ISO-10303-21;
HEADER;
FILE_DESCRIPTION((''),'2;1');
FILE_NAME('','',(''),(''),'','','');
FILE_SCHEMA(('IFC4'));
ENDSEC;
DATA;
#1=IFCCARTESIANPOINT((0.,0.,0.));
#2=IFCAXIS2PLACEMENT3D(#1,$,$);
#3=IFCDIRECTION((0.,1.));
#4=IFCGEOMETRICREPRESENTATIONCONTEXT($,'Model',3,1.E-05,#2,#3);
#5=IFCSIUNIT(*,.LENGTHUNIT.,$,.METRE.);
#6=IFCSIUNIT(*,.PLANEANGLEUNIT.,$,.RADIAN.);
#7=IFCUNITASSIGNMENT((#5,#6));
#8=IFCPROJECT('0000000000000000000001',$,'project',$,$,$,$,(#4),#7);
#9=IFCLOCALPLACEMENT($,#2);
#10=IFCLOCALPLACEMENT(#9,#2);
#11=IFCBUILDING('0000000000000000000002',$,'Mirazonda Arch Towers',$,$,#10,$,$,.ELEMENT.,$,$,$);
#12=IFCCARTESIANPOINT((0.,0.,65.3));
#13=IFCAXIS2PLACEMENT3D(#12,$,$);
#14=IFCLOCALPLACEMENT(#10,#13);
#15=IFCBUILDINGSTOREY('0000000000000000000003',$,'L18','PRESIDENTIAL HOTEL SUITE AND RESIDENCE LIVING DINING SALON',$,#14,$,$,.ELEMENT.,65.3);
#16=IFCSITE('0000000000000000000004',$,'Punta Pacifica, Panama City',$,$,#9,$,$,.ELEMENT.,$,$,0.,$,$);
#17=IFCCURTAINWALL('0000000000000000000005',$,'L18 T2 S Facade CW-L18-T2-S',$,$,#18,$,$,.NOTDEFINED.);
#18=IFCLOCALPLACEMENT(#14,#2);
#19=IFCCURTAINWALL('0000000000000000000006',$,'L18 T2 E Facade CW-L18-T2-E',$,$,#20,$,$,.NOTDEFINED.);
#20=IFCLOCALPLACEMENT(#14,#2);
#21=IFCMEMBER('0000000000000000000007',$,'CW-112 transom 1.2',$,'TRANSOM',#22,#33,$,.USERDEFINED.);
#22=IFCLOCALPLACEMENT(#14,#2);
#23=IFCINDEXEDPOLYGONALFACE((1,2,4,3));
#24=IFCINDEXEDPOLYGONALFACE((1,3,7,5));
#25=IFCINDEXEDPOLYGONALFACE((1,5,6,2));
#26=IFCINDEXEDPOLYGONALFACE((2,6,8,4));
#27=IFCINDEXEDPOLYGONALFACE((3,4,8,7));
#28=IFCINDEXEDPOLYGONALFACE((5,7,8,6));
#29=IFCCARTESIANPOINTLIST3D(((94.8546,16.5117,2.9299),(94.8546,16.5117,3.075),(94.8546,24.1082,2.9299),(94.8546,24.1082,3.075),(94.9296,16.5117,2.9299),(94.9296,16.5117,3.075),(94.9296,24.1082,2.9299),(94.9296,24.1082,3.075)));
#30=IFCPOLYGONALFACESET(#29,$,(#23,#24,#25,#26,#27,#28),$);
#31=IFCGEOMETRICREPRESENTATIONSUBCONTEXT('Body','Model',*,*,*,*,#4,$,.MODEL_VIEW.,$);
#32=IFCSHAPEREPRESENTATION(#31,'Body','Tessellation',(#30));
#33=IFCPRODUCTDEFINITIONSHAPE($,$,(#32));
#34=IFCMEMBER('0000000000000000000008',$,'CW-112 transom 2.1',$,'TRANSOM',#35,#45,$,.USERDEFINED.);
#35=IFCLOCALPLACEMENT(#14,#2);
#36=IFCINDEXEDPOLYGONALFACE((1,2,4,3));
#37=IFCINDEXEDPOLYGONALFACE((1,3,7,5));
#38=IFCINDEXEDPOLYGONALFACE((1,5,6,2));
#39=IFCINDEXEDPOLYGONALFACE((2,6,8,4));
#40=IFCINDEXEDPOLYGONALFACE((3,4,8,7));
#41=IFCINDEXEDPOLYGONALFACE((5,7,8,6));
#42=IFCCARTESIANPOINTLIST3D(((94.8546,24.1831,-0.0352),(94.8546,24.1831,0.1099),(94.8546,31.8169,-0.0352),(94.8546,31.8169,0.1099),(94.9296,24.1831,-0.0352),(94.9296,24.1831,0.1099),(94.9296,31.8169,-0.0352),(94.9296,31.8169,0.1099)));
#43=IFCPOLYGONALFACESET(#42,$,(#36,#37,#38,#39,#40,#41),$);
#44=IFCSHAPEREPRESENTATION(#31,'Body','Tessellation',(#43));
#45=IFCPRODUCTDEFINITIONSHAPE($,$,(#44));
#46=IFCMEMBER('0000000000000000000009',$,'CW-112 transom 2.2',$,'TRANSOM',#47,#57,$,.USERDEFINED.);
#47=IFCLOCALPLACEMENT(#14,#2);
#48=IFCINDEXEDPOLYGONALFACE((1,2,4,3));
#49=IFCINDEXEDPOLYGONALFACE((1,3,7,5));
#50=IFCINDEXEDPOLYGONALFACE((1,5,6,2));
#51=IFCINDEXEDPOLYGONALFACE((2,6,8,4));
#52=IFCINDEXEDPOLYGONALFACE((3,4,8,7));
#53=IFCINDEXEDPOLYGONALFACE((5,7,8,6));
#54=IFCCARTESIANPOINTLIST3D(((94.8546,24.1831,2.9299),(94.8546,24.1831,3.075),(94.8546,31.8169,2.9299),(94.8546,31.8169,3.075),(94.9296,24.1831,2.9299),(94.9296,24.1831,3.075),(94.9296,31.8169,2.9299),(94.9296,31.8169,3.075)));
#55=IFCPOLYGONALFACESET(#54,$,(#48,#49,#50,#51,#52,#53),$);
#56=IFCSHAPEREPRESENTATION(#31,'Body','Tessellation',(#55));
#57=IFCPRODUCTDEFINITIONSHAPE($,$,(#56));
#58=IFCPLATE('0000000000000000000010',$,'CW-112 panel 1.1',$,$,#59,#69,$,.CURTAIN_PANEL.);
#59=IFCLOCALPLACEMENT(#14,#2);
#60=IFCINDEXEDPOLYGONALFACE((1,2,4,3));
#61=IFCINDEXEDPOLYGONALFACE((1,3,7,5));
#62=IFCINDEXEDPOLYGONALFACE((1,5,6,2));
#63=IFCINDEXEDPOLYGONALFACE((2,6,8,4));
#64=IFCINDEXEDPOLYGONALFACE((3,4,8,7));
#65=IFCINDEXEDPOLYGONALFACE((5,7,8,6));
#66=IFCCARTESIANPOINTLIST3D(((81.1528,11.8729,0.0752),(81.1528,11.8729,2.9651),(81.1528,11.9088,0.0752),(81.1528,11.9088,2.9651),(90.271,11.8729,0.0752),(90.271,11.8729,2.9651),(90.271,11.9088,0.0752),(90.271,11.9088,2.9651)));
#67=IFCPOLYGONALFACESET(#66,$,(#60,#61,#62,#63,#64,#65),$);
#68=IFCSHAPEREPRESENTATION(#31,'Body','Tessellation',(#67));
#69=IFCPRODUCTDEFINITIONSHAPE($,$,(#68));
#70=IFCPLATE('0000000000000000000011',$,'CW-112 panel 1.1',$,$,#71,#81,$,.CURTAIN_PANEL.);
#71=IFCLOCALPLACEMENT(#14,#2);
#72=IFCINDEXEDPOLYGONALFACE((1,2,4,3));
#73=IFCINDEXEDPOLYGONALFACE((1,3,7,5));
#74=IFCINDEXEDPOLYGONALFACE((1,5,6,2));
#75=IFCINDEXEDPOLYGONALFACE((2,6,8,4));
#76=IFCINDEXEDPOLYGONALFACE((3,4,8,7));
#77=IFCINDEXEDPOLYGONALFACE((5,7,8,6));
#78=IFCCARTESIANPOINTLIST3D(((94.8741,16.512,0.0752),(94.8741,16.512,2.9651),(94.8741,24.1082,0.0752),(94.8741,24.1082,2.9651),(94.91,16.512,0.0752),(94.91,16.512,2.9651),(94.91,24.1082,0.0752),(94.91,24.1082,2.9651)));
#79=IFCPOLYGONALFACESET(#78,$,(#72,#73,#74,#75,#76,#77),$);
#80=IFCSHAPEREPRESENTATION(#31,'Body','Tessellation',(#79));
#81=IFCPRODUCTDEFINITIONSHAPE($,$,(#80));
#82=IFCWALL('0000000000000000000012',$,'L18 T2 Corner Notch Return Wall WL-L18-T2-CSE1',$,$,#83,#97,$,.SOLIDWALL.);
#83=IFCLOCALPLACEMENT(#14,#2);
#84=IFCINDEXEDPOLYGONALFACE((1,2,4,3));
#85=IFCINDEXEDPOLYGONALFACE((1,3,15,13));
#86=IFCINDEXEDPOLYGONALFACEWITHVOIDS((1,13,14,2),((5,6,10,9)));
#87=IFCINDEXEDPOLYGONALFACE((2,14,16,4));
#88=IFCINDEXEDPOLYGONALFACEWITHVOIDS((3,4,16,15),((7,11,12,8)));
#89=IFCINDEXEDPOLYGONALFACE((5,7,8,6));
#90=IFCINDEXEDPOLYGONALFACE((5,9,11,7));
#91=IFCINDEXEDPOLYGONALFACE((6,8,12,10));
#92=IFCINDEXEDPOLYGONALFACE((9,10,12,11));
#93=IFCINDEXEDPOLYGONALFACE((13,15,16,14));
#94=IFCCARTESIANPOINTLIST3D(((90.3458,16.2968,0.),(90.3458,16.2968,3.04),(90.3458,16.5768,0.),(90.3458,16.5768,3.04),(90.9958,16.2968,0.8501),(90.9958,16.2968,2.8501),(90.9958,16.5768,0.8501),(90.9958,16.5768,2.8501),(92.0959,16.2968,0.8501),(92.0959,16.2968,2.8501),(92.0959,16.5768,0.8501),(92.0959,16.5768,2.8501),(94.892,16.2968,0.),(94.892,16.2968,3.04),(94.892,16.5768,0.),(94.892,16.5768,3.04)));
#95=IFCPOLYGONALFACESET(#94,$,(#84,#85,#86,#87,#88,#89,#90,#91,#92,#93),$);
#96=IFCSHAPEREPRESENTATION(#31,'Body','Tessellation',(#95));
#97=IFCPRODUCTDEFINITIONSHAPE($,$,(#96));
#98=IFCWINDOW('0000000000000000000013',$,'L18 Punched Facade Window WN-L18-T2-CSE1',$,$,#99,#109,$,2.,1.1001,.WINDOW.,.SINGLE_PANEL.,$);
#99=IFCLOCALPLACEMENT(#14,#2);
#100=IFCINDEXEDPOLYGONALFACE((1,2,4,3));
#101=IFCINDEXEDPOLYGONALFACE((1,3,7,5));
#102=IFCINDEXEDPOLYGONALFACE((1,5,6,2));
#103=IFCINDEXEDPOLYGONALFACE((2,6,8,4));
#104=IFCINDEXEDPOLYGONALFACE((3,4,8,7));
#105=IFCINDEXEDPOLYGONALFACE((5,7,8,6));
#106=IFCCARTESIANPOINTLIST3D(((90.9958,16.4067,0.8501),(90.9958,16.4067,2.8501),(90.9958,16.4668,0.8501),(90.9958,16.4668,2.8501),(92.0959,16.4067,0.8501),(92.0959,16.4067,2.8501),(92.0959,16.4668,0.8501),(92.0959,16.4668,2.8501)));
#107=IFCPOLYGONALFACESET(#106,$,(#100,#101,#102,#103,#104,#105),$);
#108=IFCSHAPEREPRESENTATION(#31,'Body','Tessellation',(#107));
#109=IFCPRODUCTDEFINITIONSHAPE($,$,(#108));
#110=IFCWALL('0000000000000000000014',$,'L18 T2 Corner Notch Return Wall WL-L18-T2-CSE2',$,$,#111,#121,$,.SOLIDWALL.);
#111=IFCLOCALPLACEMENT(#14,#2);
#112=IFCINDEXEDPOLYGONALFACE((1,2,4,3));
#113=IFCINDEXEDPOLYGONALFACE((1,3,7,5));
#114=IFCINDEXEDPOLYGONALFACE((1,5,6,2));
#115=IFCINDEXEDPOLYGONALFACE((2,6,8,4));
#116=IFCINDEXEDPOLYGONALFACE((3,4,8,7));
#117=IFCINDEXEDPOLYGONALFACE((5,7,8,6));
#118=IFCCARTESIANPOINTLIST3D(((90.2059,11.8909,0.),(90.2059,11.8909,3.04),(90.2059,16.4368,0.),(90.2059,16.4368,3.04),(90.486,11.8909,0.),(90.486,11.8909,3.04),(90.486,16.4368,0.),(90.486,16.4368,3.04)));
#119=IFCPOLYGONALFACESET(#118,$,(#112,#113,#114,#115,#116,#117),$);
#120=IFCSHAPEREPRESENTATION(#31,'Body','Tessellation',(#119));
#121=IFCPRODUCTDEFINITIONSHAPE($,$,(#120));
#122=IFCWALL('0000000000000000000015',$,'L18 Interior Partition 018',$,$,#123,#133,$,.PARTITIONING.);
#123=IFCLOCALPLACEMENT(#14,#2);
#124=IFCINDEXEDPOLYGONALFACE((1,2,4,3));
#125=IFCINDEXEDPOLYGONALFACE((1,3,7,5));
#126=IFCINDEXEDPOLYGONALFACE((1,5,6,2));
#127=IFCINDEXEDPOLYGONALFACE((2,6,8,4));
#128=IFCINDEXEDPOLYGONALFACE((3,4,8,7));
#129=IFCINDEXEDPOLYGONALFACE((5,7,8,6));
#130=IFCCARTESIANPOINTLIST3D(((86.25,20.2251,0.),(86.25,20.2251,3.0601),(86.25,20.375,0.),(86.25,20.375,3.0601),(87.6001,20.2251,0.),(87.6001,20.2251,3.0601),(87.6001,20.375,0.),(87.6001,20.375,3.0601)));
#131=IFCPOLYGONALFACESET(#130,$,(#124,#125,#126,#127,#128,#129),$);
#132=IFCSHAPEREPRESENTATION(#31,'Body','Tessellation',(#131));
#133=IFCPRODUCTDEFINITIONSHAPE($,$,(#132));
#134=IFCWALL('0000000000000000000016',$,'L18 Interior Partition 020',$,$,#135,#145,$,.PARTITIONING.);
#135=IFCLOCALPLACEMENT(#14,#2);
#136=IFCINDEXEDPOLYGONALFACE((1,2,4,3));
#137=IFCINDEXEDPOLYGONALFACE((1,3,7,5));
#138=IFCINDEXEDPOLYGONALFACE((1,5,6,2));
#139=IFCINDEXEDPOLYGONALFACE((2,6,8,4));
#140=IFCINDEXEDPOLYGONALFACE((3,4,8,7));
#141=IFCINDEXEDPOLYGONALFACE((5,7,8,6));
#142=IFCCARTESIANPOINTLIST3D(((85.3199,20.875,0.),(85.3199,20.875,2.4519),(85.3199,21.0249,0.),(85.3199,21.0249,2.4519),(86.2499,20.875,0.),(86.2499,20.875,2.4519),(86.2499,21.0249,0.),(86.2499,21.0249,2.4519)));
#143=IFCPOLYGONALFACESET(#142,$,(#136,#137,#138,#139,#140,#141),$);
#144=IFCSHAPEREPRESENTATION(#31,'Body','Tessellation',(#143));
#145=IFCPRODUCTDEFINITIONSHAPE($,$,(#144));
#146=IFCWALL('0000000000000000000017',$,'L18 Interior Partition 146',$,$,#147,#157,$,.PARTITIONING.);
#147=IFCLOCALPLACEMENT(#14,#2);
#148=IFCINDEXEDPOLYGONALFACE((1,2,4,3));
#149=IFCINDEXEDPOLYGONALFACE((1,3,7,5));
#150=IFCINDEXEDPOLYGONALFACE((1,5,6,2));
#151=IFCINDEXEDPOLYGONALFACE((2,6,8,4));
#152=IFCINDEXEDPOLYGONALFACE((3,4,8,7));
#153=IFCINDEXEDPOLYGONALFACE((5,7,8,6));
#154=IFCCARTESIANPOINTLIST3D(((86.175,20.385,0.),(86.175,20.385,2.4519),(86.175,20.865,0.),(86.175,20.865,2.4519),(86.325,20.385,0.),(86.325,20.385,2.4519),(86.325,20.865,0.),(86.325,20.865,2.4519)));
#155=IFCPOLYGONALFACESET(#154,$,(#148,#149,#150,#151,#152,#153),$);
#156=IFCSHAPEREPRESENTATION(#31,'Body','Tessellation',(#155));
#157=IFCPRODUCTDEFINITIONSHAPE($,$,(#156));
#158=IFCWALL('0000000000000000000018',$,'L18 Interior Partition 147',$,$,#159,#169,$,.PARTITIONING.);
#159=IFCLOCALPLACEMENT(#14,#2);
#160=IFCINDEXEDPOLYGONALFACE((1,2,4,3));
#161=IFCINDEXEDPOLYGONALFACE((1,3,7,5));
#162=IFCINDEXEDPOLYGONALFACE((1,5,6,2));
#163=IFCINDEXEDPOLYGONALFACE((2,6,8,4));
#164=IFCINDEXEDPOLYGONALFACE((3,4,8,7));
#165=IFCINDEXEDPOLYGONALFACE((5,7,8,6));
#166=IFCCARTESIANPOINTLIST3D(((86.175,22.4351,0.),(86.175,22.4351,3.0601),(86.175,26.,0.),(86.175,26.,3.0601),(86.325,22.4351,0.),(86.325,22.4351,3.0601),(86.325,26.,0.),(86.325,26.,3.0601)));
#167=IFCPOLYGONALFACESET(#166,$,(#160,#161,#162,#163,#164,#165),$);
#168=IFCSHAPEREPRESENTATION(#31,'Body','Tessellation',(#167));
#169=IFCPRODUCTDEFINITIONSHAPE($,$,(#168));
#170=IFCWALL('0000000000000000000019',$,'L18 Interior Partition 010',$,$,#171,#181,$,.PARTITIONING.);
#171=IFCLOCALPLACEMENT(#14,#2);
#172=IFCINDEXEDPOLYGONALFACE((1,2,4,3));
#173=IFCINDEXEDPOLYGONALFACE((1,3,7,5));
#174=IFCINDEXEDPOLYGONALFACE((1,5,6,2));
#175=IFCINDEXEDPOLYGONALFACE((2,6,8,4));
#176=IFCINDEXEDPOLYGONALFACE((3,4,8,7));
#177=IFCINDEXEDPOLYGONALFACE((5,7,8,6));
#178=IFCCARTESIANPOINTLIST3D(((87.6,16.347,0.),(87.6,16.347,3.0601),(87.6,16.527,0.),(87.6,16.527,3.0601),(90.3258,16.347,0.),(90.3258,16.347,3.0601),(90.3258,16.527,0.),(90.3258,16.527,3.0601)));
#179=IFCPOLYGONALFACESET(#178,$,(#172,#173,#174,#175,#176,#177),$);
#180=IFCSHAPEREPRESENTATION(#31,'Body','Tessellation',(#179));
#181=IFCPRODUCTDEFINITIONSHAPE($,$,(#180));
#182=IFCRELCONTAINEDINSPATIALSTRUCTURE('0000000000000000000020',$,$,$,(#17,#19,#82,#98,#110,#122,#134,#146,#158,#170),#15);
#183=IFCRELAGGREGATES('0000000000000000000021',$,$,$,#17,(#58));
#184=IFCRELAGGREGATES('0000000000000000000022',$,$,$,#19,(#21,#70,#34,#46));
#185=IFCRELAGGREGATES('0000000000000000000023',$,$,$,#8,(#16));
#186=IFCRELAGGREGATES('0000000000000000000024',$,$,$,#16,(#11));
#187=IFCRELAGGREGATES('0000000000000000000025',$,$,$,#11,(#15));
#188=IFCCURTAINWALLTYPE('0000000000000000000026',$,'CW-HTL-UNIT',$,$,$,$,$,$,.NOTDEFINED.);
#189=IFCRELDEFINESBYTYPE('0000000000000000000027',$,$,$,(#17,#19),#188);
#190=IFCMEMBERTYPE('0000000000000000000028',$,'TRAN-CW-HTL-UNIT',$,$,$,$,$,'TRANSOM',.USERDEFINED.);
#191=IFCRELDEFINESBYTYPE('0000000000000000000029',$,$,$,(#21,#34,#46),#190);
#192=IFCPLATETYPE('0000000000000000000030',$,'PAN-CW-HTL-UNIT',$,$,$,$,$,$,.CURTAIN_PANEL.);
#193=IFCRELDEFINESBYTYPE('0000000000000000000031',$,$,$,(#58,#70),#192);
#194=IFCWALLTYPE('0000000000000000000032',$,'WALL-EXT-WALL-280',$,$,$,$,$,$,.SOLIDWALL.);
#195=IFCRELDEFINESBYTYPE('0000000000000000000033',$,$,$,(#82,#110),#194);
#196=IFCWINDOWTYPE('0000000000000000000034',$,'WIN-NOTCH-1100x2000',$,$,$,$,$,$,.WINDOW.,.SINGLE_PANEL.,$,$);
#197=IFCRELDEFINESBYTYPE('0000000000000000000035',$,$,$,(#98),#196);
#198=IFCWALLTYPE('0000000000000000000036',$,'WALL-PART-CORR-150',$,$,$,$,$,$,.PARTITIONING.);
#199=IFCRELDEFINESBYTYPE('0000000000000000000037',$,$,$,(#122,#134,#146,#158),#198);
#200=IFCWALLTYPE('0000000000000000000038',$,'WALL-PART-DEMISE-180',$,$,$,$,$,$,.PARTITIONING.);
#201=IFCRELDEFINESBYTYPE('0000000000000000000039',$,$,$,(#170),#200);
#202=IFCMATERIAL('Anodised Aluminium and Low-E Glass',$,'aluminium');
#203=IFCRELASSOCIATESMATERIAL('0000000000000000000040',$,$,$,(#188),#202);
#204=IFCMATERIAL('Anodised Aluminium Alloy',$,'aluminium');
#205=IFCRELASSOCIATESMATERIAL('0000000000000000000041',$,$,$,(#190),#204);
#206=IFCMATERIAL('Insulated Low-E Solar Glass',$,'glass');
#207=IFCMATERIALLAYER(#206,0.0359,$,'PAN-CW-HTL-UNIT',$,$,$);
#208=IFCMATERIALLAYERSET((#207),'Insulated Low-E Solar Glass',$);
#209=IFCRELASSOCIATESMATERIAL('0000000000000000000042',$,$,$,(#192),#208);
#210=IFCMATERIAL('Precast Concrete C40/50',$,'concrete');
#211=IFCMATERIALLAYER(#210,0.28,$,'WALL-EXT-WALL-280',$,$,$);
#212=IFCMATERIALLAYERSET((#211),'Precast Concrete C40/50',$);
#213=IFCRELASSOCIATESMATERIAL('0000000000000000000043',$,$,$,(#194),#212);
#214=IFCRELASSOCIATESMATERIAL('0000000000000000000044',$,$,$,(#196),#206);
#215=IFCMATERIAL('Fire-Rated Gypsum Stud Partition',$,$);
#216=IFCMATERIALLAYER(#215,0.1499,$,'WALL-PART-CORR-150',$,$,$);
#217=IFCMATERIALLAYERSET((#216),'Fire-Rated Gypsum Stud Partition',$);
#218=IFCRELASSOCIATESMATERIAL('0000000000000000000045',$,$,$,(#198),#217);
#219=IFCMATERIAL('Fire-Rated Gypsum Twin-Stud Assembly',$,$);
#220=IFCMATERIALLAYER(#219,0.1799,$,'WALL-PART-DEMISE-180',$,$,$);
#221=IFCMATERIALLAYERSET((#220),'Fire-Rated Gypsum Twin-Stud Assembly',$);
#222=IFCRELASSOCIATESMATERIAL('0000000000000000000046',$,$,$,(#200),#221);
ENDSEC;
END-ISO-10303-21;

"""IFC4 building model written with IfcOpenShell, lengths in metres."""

from ifc_helpers import new_model, si_unit, direction, frame, frame_2d, origin, origin_2d, place, context, subcontext, project, spatial, rectangle, extrude, material, layer, layer_set, material_profile, profile_set, type_object, element, fill, aggregate, save


model = new_model("IFC4")

# Units and contexts
model_context = context("Model", 3, precision=1e-05, world=origin(), true_north=direction((0.0, 1.0)))
body_context = subcontext(model_context, "Body", "Model", "MODEL_VIEW")
ifc_project = project(units=[si_unit("LENGTHUNIT", "METRE"), si_unit("PLANEANGLEUNIT", "RADIAN")], contexts=[model_context])

# Site, building, storey
site_placement = place(None, origin())
site = spatial("IfcSite", under=ifc_project, at=site_placement, Name="Punta Pacifica, Panama City", CompositionType="ELEMENT", RefElevation=0.0)
building_placement = place(site_placement, origin())
building = spatial("IfcBuilding", under=site, at=building_placement, Name="Mirazonda Arch Towers", CompositionType="ELEMENT")
storey_placement = place(building_placement, frame((0.0, 0.0, 65.3)))
storey = spatial("IfcBuildingStorey", under=building, at=storey_placement, Name="L18", Description="PRESIDENTIAL HOTEL SUITE AND RESIDENCE LIVING DINING SALON", CompositionType="ELEMENT", Elevation=65.3)

# Curtain wall
ifc_material_1 = material(Name="Anodised Aluminium and Low-E Glass", Category="aluminium")
curtain_wall_type = type_object("IfcCurtainWallType", Name="CW-HTL-UNIT", PredefinedType="NOTDEFINED", material=ifc_material_1)
curtain_wall_1_placement = place(storey_placement, origin())
curtain_wall_1 = element("IfcCurtainWall", 1, at=curtain_wall_1_placement, inside=storey, type_object=curtain_wall_type, Name="L18 T2 S Facade CW-L18-T2-S", PredefinedType="NOTDEFINED")
ifc_material_2 = material(Name="Anodised Aluminium Alloy", Category="aluminium")

# Curtain wall
curtain_wall_2_placement = place(storey_placement, origin())
curtain_wall_2 = element("IfcCurtainWall", 2, at=curtain_wall_2_placement, inside=storey, type_object=curtain_wall_type, Name="L18 T2 E Facade CW-L18-T2-E", PredefinedType="NOTDEFINED")

# Members
ifc_material_profile_1 = material_profile(ifc_material_2, rectangle(XDim=0.075, YDim=0.145, at=origin_2d()), Name="ALU-TRAN-75x145")
ifc_profile_set_1 = profile_set([ifc_material_profile_1], Name="Anodised Aluminium Alloy")
member_type_1 = type_object("IfcMemberType", Name="TRAN-CW-HTL-UNIT", ElementType="TRANSOM", PredefinedType="USERDEFINED", material=ifc_profile_set_1)
member_1_placement = place(storey_placement, frame((94.8921, 16.5117, 3.0024), z_axis=(0.0, 1.0, 0.0), x_axis=(-1.0, 0.0, 0.0)))
member_1 = element("IfcMember", 3, at=member_1_placement, type_object=member_type_1, Name="CW-112 transom 1.2", ObjectType="TRANSOM", PredefinedType="USERDEFINED", context=body_context, shape_type="SweptSolid", body=[
    extrude(rectangle(XDim=0.075, YDim=0.145, at=origin_2d()), origin(), (0.0, 0.0, 1.0), 7.5964),
])
member_2_placement = place(storey_placement, frame((94.8921, 24.1831, 0.0374), z_axis=(0.0, 1.0, 0.0), x_axis=(-1.0, 0.0, 0.0)))
member_2 = element("IfcMember", 4, at=member_2_placement, type_object=member_type_1, Name="CW-112 transom 2.1", ObjectType="TRANSOM", PredefinedType="USERDEFINED", context=body_context, shape_type="SweptSolid", body=[
    extrude(rectangle(XDim=0.075, YDim=0.145, at=origin_2d()), origin(), (0.0, 0.0, 1.0), 7.6338),
])
member_3_placement = place(storey_placement, frame((94.8921, 24.1831, 3.0024), z_axis=(0.0, 1.0, 0.0), x_axis=(-1.0, 0.0, 0.0)))
member_3 = element("IfcMember", 5, at=member_3_placement, type_object=member_type_1, Name="CW-112 transom 2.2", ObjectType="TRANSOM", PredefinedType="USERDEFINED", context=body_context, shape_type="SweptSolid", body=[
    extrude(rectangle(XDim=0.075, YDim=0.145, at=origin_2d()), origin(), (0.0, 0.0, 1.0), 7.6338),
])

# Plates
ifc_material_3 = material(Name="Insulated Low-E Solar Glass", Category="glass")
ifc_layer_1 = layer(ifc_material_3, 0.0359, Name="PAN-CW-HTL-UNIT")
ifc_layer_set_1 = layer_set([ifc_layer_1], Name="Insulated Low-E Solar Glass")
plate_type = type_object("IfcPlateType", Name="PAN-CW-HTL-UNIT", PredefinedType="CURTAIN_PANEL", material=ifc_layer_set_1)
plate_1_placement = place(storey_placement, frame((85.7119, 11.8909, 0.0752), z_axis=(0.0, 0.0, 1.0), x_axis=(-1.0, 0.0, 0.0)))
plate_1 = element("IfcPlate", 6, at=plate_1_placement, type_object=plate_type, Name="CW-112 panel 1.1", PredefinedType="CURTAIN_PANEL", context=body_context, shape_type="SweptSolid", body=[
    extrude(rectangle(XDim=9.1182, YDim=0.0359, at=origin_2d()), origin(), (0.0, 0.0, 1.0), 2.8899),
])
aggregate(curtain_wall_1, [plate_1])
plate_2_placement = place(storey_placement, frame((94.8921, 20.3101, 0.0752), z_axis=(0.0, 0.0, 1.0), x_axis=(0.0, 1.0, 0.0)))
plate_2 = element("IfcPlate", 7, at=plate_2_placement, type_object=plate_type, Name="CW-112 panel 1.1", PredefinedType="CURTAIN_PANEL", context=body_context, shape_type="SweptSolid", body=[
    extrude(rectangle(XDim=7.5962, YDim=0.0359, at=origin_2d()), origin(), (0.0, 0.0, 1.0), 2.8899),
])
aggregate(curtain_wall_2, [member_1, plate_2, member_2, member_3])

# Wall, opening, window
ifc_material_4 = material(Name="Precast Concrete C40/50", Category="concrete")
ifc_layer_2 = layer(ifc_material_4, 0.28, Name="WALL-EXT-WALL-280")
ifc_layer_set_2 = layer_set([ifc_layer_2], Name="Precast Concrete C40/50")
wall_type_1 = type_object("IfcWallType", Name="WALL-EXT-WALL-280", PredefinedType="SOLIDWALL", material=ifc_layer_set_2)
wall_1_placement = place(storey_placement, frame((90.3459, 16.4368, 0.0), z_axis=(0.0, 0.0, 1.0), x_axis=(1.0, 0.0, 0.0)))
wall_1 = element("IfcWall", 8, at=wall_1_placement, inside=storey, type_object=wall_type_1, Name="L18 T2 Corner Notch Return Wall WL-L18-T2-CSE1", PredefinedType="SOLIDWALL", context=body_context, shape_type="SweptSolid", body=[
    extrude(rectangle(XDim=4.5461, YDim=0.28, at=frame_2d((2.2729, 0.0))), origin(), (0.0, 0.0, 1.0), 3.04),
])
opening_1_placement = place(wall_1_placement, frame((0.6499, 0.0, 0.8501)))
opening_1 = element("IfcOpeningElement", 9, at=opening_1_placement, cuts=wall_1, PredefinedType="OPENING", context=body_context, shape_type="SweptSolid", body=[
    extrude(rectangle(XDim=1.1001, YDim=2.0, at=frame_2d((0.55, 1.0))), frame((0.0, 0.1499, 0.0), z_axis=(0.0, -1.0, 0.0), x_axis=(1.0, 0.0, 0.0)), (0.0, 0.0, 1.0), 0.3),
])
window_type = type_object("IfcWindowType", Name="WIN-NOTCH-1100x2000", PartitioningType="SINGLE_PANEL", PredefinedType="WINDOW", material=ifc_material_3)
window_placement = place(opening_1_placement, origin())
window = element("IfcWindow", 10, at=window_placement, inside=storey, type_object=window_type, Name="L18 Punched Facade Window WN-L18-T2-CSE1", OverallHeight=2.0, OverallWidth=1.1001, PartitioningType="SINGLE_PANEL", PredefinedType="WINDOW", context=body_context, shape_type="SweptSolid", body=[
    extrude(rectangle(XDim=1.1001, YDim=2.0, at=frame_2d((0.55, 1.0))), frame((0.0, 0.03, 0.0), z_axis=(0.0, -1.0, 0.0), x_axis=(1.0, 0.0, 0.0)), (0.0, 0.0, 1.0), 0.0601),
])
fill(opening_1, window)

# Walls
wall_2_placement = place(storey_placement, frame((90.3459, 11.8909, 0.0), z_axis=(0.0, 0.0, 1.0), x_axis=(0.0, 1.0, 0.0)))
element("IfcWall", 11, at=wall_2_placement, inside=storey, type_object=wall_type_1, Name="L18 T2 Corner Notch Return Wall WL-L18-T2-CSE2", PredefinedType="SOLIDWALL", context=body_context, shape_type="SweptSolid", body=[
    extrude(rectangle(XDim=4.5459, YDim=0.28, at=frame_2d((2.2729, 0.0))), origin(), (0.0, 0.0, 1.0), 3.04),
])
ifc_material_5 = material(Name="Fire-Rated Gypsum Stud Partition")
ifc_layer_3 = layer(ifc_material_5, 0.1499, Name="WALL-PART-CORR-150")
ifc_layer_set_3 = layer_set([ifc_layer_3], Name="Fire-Rated Gypsum Stud Partition")
wall_type_2 = type_object("IfcWallType", Name="WALL-PART-CORR-150", PredefinedType="PARTITIONING", material=ifc_layer_set_3)
wall_3_placement = place(storey_placement, frame((86.25, 20.3, 0.0), z_axis=(0.0, 0.0, 1.0), x_axis=(1.0, 0.0, 0.0)))
element("IfcWall", 12, at=wall_3_placement, inside=storey, type_object=wall_type_2, Name="L18 Interior Partition 018", PredefinedType="PARTITIONING", context=body_context, shape_type="SweptSolid", body=[
    extrude(rectangle(XDim=1.3501, YDim=0.1499, at=frame_2d((0.675, 0.0))), origin(), (0.0, 0.0, 1.0), 3.0601),
])
wall_4_placement = place(storey_placement, frame((85.3201, 20.95, 0.0), z_axis=(0.0, 0.0, 1.0), x_axis=(1.0, 0.0, 0.0)))
element("IfcWall", 13, at=wall_4_placement, inside=storey, type_object=wall_type_2, Name="L18 Interior Partition 020", PredefinedType="PARTITIONING", context=body_context, shape_type="SweptSolid", body=[
    extrude(rectangle(XDim=0.9299, YDim=0.1499, at=frame_2d((0.4648, 0.0))), origin(), (0.0, 0.0, 1.0), 2.4519),
])
wall_5_placement = place(storey_placement, frame((86.25, 20.385, 0.0), z_axis=(0.0, 0.0, 1.0), x_axis=(0.0, 1.0, 0.0)))
element("IfcWall", 14, at=wall_5_placement, inside=storey, type_object=wall_type_2, Name="L18 Interior Partition 146", PredefinedType="PARTITIONING", context=body_context, shape_type="SweptSolid", body=[
    extrude(rectangle(XDim=0.48, YDim=0.1499, at=frame_2d((0.24, 0.0))), origin(), (0.0, 0.0, 1.0), 2.4519),
])
wall_6_placement = place(storey_placement, frame((86.25, 22.4351, 0.0), z_axis=(0.0, 0.0, 1.0), x_axis=(0.0, 1.0, 0.0)))
element("IfcWall", 15, at=wall_6_placement, inside=storey, type_object=wall_type_2, Name="L18 Interior Partition 147", PredefinedType="PARTITIONING", context=body_context, shape_type="SweptSolid", body=[
    extrude(rectangle(XDim=3.5649, YDim=0.1499, at=frame_2d((1.7825, 0.0))), origin(), (0.0, 0.0, 1.0), 3.0601),
])
ifc_material_6 = material(Name="Fire-Rated Gypsum Twin-Stud Assembly")
ifc_layer_4 = layer(ifc_material_6, 0.1799, Name="WALL-PART-DEMISE-180")
ifc_layer_set_4 = layer_set([ifc_layer_4], Name="Fire-Rated Gypsum Twin-Stud Assembly")
wall_type_3 = type_object("IfcWallType", Name="WALL-PART-DEMISE-180", PredefinedType="PARTITIONING", material=ifc_layer_set_4)
wall_7_placement = place(storey_placement, frame((87.6001, 16.437, 0.0), z_axis=(0.0, 0.0, 1.0), x_axis=(1.0, 0.0, 0.0)))
element("IfcWall", 16, at=wall_7_placement, inside=storey, type_object=wall_type_3, Name="L18 Interior Partition 010", PredefinedType="PARTITIONING", context=body_context, shape_type="SweptSolid", body=[
    extrude(rectangle(XDim=2.7258, YDim=0.1799, at=frame_2d((1.3628, 0.0))), origin(), (0.0, 0.0, 1.0), 3.0601),
])

save(model, "model.ifc")
